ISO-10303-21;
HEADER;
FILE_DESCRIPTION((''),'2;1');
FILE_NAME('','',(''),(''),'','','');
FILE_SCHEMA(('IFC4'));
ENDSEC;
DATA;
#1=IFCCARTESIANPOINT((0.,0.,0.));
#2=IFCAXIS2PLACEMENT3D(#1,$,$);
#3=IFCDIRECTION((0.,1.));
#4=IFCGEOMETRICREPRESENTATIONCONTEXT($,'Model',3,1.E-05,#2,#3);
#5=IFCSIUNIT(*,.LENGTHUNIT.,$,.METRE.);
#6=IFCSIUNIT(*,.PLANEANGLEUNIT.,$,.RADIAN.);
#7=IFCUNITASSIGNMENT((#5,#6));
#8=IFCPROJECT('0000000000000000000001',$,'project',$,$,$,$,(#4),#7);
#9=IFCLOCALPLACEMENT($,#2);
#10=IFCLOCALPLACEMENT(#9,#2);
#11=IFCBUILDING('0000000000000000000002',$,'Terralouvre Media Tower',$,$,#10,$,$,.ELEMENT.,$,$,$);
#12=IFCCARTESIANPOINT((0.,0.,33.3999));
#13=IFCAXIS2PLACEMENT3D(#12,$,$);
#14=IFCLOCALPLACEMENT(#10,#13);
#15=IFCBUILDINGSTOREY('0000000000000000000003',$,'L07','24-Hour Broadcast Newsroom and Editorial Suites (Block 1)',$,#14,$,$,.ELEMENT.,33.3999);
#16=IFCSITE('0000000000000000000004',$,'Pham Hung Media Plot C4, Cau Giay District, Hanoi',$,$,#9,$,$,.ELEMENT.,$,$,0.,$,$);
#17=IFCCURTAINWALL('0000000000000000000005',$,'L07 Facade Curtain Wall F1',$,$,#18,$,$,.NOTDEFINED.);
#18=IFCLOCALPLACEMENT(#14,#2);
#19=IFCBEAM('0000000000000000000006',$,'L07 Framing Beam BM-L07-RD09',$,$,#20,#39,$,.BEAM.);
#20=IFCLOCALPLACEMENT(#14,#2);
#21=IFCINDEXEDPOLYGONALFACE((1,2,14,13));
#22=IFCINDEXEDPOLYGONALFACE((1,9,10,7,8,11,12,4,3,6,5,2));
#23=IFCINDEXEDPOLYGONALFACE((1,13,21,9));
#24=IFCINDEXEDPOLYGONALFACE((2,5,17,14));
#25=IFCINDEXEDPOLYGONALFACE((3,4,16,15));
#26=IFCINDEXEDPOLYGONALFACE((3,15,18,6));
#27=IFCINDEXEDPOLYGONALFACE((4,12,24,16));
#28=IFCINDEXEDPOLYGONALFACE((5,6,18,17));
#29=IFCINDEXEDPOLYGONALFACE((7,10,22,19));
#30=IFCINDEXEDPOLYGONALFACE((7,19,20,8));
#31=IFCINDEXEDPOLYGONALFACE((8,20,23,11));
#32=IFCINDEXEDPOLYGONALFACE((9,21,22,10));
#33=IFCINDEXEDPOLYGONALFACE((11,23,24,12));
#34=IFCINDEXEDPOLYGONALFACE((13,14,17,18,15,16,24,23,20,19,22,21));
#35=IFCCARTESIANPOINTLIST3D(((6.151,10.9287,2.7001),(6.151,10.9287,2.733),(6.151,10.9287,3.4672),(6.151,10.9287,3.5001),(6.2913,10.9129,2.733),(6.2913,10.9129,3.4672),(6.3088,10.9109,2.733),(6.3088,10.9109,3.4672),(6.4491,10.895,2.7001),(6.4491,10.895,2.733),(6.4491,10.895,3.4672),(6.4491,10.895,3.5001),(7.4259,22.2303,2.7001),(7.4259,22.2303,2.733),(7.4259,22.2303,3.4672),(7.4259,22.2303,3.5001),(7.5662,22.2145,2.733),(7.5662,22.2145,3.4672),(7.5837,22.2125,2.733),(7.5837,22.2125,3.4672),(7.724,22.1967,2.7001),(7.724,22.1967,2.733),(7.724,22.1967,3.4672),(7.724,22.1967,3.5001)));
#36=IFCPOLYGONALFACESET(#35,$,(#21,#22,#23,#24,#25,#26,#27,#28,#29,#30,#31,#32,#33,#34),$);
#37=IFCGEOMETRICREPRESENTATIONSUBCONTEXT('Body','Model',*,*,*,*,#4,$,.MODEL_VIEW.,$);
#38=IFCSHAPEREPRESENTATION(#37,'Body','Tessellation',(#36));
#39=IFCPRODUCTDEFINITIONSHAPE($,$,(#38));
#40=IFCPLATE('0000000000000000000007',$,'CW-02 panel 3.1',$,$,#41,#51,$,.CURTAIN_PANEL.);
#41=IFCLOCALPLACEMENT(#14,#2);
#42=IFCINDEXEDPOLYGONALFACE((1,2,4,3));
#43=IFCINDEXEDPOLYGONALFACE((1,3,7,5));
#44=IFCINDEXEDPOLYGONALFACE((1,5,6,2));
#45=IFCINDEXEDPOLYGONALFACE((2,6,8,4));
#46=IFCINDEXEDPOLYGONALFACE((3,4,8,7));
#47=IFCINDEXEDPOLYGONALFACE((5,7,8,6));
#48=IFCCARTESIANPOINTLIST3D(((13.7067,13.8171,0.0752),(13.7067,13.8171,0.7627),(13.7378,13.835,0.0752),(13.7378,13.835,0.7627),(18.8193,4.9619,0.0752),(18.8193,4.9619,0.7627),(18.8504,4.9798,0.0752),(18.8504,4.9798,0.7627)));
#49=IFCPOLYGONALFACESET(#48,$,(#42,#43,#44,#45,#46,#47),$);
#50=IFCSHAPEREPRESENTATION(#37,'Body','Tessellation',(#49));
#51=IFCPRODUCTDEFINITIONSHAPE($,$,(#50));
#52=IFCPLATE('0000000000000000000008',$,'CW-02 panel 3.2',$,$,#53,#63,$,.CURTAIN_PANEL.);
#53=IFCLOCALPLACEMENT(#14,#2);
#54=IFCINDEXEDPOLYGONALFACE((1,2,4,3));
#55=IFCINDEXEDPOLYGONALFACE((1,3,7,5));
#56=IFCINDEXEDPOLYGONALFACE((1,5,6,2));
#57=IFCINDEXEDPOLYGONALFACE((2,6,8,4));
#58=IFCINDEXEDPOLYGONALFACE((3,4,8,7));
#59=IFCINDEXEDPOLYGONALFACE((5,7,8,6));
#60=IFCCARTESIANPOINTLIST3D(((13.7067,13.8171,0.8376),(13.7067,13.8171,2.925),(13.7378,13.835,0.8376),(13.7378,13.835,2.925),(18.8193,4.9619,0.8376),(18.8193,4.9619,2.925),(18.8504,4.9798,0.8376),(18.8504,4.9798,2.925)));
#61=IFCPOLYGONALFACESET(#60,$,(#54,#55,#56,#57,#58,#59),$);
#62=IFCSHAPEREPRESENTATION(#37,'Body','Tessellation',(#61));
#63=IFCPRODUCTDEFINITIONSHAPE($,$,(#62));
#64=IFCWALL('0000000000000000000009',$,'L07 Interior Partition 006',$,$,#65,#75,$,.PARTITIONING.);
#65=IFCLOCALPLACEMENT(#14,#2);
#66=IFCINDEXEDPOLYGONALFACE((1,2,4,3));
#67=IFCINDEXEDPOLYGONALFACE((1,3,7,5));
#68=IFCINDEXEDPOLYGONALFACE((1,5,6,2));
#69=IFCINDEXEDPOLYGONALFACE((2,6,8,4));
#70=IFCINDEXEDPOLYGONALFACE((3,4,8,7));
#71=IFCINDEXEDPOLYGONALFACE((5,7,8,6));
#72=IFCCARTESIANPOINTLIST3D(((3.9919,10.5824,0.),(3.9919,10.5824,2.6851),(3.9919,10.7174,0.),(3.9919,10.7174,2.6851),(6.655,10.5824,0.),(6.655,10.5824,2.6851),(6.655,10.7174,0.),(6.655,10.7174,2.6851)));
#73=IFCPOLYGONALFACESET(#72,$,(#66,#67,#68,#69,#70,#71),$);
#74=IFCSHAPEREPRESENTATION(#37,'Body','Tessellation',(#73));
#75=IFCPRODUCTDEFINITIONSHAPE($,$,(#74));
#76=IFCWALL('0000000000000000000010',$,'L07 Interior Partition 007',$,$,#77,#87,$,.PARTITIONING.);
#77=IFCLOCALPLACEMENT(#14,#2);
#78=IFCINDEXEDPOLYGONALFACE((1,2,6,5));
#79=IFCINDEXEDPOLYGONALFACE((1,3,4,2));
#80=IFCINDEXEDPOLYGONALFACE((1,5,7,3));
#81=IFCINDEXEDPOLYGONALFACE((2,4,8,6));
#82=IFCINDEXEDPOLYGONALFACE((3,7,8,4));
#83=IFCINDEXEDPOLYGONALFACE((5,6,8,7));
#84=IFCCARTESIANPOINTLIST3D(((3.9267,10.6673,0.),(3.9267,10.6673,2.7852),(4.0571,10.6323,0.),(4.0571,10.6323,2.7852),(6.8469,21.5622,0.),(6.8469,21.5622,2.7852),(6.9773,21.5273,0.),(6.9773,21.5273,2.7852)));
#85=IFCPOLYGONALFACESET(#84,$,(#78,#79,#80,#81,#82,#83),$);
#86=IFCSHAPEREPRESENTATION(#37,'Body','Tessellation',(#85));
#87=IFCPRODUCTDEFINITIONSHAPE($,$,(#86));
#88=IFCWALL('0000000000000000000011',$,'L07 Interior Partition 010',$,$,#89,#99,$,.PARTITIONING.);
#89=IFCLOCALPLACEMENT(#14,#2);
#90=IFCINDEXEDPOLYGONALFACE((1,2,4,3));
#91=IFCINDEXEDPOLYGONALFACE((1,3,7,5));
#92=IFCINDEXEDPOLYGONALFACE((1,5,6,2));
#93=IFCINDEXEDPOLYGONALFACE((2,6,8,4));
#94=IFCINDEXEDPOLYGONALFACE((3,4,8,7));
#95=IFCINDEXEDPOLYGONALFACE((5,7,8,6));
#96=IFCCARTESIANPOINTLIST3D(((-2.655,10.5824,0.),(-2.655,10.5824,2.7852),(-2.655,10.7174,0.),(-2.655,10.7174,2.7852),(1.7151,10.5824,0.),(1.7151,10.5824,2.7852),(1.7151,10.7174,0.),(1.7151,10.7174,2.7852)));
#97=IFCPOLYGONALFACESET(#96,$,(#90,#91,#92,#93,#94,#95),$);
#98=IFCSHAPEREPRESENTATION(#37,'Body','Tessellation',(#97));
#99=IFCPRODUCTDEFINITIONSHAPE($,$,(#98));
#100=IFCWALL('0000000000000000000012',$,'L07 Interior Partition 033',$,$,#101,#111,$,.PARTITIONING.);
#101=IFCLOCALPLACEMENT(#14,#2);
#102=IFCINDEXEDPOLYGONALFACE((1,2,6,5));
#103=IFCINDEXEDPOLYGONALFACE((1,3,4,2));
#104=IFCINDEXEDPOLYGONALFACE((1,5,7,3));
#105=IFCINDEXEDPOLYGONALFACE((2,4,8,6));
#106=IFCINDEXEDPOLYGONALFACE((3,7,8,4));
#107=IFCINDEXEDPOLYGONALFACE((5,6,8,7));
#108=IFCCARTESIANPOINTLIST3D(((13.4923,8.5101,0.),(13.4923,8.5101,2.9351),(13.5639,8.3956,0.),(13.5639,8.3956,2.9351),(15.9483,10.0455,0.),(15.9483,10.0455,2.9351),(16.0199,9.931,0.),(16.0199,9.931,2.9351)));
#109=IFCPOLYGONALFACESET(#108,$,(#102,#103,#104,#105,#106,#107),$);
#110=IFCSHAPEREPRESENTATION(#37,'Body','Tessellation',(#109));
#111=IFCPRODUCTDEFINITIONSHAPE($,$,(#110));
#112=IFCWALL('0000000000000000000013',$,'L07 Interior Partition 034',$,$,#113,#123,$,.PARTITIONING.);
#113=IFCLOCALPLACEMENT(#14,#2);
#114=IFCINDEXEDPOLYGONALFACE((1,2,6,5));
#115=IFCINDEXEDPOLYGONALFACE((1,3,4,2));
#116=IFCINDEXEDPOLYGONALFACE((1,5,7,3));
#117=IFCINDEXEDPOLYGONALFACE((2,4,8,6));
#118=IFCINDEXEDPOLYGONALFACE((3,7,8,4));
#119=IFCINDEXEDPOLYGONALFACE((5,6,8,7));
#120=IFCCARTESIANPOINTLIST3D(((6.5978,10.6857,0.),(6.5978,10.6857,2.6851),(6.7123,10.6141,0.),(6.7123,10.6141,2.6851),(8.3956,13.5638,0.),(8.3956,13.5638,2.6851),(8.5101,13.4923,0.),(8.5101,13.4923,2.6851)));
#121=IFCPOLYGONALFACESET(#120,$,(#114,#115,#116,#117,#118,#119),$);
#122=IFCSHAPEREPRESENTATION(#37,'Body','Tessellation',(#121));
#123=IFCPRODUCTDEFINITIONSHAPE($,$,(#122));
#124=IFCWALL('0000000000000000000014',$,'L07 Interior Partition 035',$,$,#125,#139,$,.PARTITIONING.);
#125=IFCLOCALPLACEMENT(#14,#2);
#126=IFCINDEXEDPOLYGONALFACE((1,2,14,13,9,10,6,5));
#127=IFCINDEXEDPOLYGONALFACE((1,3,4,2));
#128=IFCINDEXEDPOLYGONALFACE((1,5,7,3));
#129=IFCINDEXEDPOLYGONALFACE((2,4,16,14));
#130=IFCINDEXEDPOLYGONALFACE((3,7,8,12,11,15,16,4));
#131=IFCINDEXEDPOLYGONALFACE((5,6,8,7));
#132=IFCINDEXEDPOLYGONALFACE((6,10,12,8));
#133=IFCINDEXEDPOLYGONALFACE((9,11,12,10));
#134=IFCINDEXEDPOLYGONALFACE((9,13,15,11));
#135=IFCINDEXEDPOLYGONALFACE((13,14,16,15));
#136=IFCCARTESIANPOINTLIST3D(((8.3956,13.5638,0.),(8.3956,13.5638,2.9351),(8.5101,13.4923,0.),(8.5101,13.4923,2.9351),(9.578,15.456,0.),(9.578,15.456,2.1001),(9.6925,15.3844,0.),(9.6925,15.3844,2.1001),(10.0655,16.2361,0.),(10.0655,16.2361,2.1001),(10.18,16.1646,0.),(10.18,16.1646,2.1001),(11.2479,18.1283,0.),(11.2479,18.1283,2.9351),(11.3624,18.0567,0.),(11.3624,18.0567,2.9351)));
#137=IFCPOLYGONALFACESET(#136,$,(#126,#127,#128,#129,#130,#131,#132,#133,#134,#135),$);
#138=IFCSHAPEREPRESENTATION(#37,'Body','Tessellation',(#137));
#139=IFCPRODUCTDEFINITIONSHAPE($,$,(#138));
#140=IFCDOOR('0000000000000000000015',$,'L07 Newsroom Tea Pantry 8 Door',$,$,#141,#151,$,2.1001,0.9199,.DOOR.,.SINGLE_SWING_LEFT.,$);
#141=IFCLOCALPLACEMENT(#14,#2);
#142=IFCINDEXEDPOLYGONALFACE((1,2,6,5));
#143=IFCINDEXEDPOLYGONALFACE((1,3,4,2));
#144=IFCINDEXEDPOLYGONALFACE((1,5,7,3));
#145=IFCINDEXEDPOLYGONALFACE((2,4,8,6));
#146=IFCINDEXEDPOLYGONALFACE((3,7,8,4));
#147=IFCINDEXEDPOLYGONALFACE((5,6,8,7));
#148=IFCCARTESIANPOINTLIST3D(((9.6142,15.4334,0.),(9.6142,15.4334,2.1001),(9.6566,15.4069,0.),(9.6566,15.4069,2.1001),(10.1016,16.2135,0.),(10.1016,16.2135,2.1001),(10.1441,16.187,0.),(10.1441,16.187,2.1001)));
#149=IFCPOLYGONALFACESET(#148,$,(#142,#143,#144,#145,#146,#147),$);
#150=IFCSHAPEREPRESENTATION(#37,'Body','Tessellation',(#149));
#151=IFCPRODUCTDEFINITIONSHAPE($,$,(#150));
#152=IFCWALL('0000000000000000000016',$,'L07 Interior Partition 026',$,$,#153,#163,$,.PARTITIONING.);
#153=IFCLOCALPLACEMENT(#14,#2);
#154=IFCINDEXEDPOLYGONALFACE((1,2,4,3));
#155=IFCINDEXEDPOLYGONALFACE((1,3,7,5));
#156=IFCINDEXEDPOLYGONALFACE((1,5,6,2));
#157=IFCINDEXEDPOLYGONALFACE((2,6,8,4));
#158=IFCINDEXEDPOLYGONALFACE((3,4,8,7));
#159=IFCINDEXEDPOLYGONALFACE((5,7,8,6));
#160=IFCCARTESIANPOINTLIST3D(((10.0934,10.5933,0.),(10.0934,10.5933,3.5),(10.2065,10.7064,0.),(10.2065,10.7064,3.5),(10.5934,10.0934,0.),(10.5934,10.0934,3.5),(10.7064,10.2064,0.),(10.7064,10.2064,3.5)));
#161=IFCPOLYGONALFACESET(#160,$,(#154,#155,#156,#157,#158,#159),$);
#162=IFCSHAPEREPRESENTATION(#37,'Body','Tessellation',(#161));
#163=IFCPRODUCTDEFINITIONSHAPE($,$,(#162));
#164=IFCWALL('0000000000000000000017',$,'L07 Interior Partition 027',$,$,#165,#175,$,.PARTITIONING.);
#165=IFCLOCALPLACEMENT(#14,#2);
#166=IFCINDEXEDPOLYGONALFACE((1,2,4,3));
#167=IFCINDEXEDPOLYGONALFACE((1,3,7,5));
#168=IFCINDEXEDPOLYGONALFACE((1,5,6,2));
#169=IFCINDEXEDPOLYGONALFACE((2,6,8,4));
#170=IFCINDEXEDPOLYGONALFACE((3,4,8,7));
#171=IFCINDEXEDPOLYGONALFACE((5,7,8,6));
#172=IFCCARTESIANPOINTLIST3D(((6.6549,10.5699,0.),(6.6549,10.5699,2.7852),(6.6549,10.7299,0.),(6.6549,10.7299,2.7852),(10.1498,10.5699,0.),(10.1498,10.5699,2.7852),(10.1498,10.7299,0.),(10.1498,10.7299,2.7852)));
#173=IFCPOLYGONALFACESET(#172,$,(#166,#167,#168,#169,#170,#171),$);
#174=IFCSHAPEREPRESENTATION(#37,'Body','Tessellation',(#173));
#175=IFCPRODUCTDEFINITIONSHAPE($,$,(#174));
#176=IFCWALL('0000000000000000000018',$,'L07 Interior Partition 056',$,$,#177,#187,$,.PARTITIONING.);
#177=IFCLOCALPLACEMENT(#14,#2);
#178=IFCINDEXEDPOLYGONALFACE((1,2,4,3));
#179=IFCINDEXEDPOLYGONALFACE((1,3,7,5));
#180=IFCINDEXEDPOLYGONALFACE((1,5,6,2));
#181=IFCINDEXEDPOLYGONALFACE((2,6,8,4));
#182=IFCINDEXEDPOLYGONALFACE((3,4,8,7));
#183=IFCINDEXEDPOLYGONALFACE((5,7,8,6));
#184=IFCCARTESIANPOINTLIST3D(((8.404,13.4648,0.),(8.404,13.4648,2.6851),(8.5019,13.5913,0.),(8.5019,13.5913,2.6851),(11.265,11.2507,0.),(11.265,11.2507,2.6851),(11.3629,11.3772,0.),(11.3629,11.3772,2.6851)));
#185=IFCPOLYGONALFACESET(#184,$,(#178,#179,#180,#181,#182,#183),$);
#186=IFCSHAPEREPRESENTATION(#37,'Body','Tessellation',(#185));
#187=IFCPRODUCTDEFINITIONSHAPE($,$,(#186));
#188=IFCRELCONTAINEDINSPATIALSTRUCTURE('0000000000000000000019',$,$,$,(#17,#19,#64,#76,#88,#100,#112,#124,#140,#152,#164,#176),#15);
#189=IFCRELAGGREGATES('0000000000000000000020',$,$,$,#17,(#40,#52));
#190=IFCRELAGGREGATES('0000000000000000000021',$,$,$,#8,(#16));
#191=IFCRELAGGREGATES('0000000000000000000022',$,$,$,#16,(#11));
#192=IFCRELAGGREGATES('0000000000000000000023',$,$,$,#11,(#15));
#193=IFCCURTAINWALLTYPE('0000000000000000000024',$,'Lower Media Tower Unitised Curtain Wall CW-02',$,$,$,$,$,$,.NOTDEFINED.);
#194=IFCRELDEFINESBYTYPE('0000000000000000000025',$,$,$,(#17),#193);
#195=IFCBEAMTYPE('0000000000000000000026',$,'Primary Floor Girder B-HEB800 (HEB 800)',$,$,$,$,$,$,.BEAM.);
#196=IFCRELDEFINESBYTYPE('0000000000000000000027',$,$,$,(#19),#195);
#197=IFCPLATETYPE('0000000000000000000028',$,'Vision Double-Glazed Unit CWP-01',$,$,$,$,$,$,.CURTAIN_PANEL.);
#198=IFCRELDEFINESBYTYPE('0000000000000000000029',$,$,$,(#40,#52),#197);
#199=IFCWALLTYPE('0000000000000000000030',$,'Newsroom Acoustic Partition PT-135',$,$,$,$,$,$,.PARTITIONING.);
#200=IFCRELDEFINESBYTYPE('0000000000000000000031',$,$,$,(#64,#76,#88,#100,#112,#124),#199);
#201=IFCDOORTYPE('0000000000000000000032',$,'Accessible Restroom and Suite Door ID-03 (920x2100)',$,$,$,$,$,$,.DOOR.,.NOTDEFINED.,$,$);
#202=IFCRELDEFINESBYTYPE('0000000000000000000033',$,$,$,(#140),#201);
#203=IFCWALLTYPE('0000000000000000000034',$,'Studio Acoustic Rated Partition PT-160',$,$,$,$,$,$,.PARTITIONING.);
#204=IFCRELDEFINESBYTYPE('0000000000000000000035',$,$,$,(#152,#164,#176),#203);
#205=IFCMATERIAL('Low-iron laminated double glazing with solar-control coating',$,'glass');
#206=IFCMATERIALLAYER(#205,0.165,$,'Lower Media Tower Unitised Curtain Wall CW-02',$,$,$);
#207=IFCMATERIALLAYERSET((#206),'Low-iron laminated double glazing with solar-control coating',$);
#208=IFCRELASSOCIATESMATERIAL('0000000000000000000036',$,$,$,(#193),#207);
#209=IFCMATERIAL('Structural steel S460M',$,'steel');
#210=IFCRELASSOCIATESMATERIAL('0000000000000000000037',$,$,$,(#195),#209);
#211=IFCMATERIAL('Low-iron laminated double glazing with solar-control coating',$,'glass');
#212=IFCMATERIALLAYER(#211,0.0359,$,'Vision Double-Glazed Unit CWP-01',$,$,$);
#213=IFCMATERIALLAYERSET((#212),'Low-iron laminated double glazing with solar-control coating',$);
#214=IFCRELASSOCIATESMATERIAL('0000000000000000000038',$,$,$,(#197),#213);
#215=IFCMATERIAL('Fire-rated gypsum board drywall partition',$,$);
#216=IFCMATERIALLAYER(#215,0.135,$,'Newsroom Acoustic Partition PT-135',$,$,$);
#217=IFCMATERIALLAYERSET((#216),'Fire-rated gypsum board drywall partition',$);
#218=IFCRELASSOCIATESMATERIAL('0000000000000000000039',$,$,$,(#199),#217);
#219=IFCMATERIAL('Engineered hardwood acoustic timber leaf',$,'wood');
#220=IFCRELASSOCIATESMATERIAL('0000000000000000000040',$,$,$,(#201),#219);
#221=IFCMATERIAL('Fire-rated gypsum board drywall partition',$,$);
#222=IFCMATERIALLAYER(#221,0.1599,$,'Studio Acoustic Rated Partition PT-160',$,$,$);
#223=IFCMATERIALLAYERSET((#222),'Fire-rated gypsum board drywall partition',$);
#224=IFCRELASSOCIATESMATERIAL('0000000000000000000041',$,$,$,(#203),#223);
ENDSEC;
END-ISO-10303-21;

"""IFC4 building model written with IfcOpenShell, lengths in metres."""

from ifc_helpers import new_model, si_unit, direction, frame, frame_2d, origin, origin_2d, place, context, subcontext, project, spatial, rectangle, i_section, extrude, material, layer, layer_set, material_profile, profile_set, type_object, element, fill, aggregate, save


model = new_model("IFC4")

# Units and contexts
model_context = context("Model", 3, precision=1e-05, world=origin(), true_north=direction((0.0, 1.0)))
body_context = subcontext(model_context, "Body", "Model", "MODEL_VIEW")
ifc_project = project(units=[si_unit("LENGTHUNIT", "METRE"), si_unit("PLANEANGLEUNIT", "RADIAN")], contexts=[model_context])

# Site, building, storey
site_placement = place(None, origin())
site = spatial("IfcSite", under=ifc_project, at=site_placement, Name="Pham Hung Media Plot C4, Cau Giay District, Hanoi", CompositionType="ELEMENT", RefElevation=0.0)
building_placement = place(site_placement, origin())
building = spatial("IfcBuilding", under=site, at=building_placement, Name="Terralouvre Media Tower", CompositionType="ELEMENT")
storey_placement = place(building_placement, frame((0.0, 0.0, 33.3999)))
storey = spatial("IfcBuildingStorey", under=building, at=storey_placement, Name="L07", Description="24-Hour Broadcast Newsroom and Editorial Suites (Block 1)", CompositionType="ELEMENT", Elevation=33.3999)

# Curtain wall
ifc_material_1 = material(Name="Low-iron laminated double glazing with solar-control coating", Category="glass")
ifc_layer_1 = layer(ifc_material_1, 0.165, Name="Lower Media Tower Unitised Curtain Wall CW-02")
ifc_layer_set_1 = layer_set([ifc_layer_1], Name="Low-iron laminated double glazing with solar-control coating")
curtain_wall_type = type_object("IfcCurtainWallType", Name="Lower Media Tower Unitised Curtain Wall CW-02", PredefinedType="NOTDEFINED", material=ifc_layer_set_1)
curtain_wall_placement = place(storey_placement, origin())
curtain_wall = element("IfcCurtainWall", 1, at=curtain_wall_placement, inside=storey, type_object=curtain_wall_type, Name="L07 Facade Curtain Wall F1", PredefinedType="NOTDEFINED")

# Beam
ifc_material_2 = material(Name="Structural steel S460M", Category="steel")
ifc_material_profile_1 = material_profile(ifc_material_2, i_section(OverallWidth=0.3, OverallDepth=0.8, WebThickness=0.0176, FlangeThickness=0.033, at=origin_2d()), Name="HEB 800")
ifc_profile_set_1 = profile_set([ifc_material_profile_1], Name="Structural steel S460M")
beam_type_1 = type_object("IfcBeamType", Name="Primary Floor Girder B-HEB800 (HEB 800)", PredefinedType="BEAM", material=ifc_profile_set_1)
beam_1_placement = place(storey_placement, frame((6.3, 10.9119, 3.1001), z_axis=(0.112097, 0.993697, 0.0), x_axis=(-0.993697, 0.112097, 0.0)))
element("IfcBeam", 2, at=beam_1_placement, inside=storey, type_object=beam_type_1, Name="L07 Framing Beam BM-L07-RD09", PredefinedType="BEAM", context=body_context, shape_type="SweptSolid", body=[
    extrude(i_section(OverallWidth=0.3, OverallDepth=0.8, WebThickness=0.0176, FlangeThickness=0.033, at=origin_2d()), origin(), (0.0, 0.0, 1.0), 11.3733),
])

# Plates
ifc_material_3 = material(Name="Low-iron laminated double glazing with solar-control coating", Category="glass")
ifc_layer_2 = layer(ifc_material_3, 0.0359, Name="Vision Double-Glazed Unit CWP-01")
ifc_layer_set_2 = layer_set([ifc_layer_2], Name="Low-iron laminated double glazing with solar-control coating")
plate_type = type_object("IfcPlateType", Name="Vision Double-Glazed Unit CWP-01", PredefinedType="CURTAIN_PANEL", material=ifc_layer_set_2)
plate_1_placement = place(storey_placement, frame((16.2786, 9.3984, 0.0752), z_axis=(0.0, 0.0, 1.0), x_axis=(-0.5, 0.866025, 0.0)))
plate_1 = element("IfcPlate", 3, at=plate_1_placement, type_object=plate_type, Name="CW-02 panel 3.1", PredefinedType="CURTAIN_PANEL", context=body_context, shape_type="SweptSolid", body=[
    extrude(rectangle(XDim=10.2251, YDim=0.0359, at=origin_2d()), origin(), (0.0, 0.0, 1.0), 0.6875),
])
plate_2_placement = place(storey_placement, frame((16.2786, 9.3984, 0.8376), z_axis=(0.0, 0.0, 1.0), x_axis=(-0.5, 0.866025, 0.0)))
plate_2 = element("IfcPlate", 4, at=plate_2_placement, type_object=plate_type, Name="CW-02 panel 3.2", PredefinedType="CURTAIN_PANEL", context=body_context, shape_type="SweptSolid", body=[
    extrude(rectangle(XDim=10.2251, YDim=0.0359, at=origin_2d()), origin(), (0.0, 0.0, 1.0), 2.0874),
])
aggregate(curtain_wall, [plate_1, plate_2])

# Walls
ifc_material_4 = material(Name="Fire-rated gypsum board drywall partition")
ifc_layer_3 = layer(ifc_material_4, 0.135, Name="Newsroom Acoustic Partition PT-135")
ifc_layer_set_3 = layer_set([ifc_layer_3], Name="Fire-rated gypsum board drywall partition")
wall_type_1 = type_object("IfcWallType", Name="Newsroom Acoustic Partition PT-135", PredefinedType="PARTITIONING", material=ifc_layer_set_3)
wall_1_placement = place(storey_placement, frame((6.655, 10.6499, 0.0), z_axis=(0.0, 0.0, 1.0), x_axis=(-1.0, 0.0, 0.0)))
element("IfcWall", 5, at=wall_1_placement, inside=storey, type_object=wall_type_1, Name="L07 Interior Partition 006", PredefinedType="PARTITIONING", context=body_context, shape_type="SweptSolid", body=[
    extrude(rectangle(XDim=2.6631, YDim=0.135, at=frame_2d((1.3315, 0.0))), origin(), (0.0, 0.0, 1.0), 2.6851),
])
wall_2_placement = place(storey_placement, frame((3.9919, 10.6499, 0.0), z_axis=(0.0, 0.0, 1.0), x_axis=(0.25889, 0.965907, 0.0)))
element("IfcWall", 6, at=wall_2_placement, inside=storey, type_object=wall_type_1, Name="L07 Interior Partition 007", PredefinedType="PARTITIONING", context=body_context, shape_type="SweptSolid", body=[
    extrude(rectangle(XDim=11.2795, YDim=0.135, at=frame_2d((5.6396, 0.0))), origin(), (0.0, 0.0, 1.0), 2.7852),
])
wall_3_placement = place(storey_placement, frame((1.7151, 10.6499, 0.0), z_axis=(0.0, 0.0, 1.0), x_axis=(-1.0, 0.0, 0.0)))
element("IfcWall", 7, at=wall_3_placement, inside=storey, type_object=wall_type_1, Name="L07 Interior Partition 010", PredefinedType="PARTITIONING", context=body_context, shape_type="SweptSolid", body=[
    extrude(rectangle(XDim=4.3701, YDim=0.135, at=frame_2d((2.1851, 0.0))), origin(), (0.0, 0.0, 1.0), 2.7852),
])
wall_4_placement = place(storey_placement, frame((15.9841, 9.9883, 0.0), z_axis=(0.0, 0.0, 1.0), x_axis=(-0.847941, -0.53009, 0.0)))
element("IfcWall", 8, at=wall_4_placement, inside=storey, type_object=wall_type_1, Name="L07 Interior Partition 033", PredefinedType="PARTITIONING", context=body_context, shape_type="SweptSolid", body=[
    extrude(rectangle(XDim=2.8965, YDim=0.135, at=frame_2d((1.4482, 0.0))), origin(), (0.0, 0.0, 1.0), 2.9351),
])
wall_5_placement = place(storey_placement, frame((6.655, 10.6499, 0.0), z_axis=(0.0, 0.0, 1.0), x_axis=(0.529786, 0.848132, 0.0)))
element("IfcWall", 9, at=wall_5_placement, inside=storey, type_object=wall_type_1, Name="L07 Interior Partition 034", PredefinedType="PARTITIONING", context=body_context, shape_type="SweptSolid", body=[
    extrude(rectangle(XDim=3.3936, YDim=0.135, at=frame_2d((1.6968, 0.0))), origin(), (0.0, 0.0, 1.0), 2.6851),
])

# Wall, opening, door
wall_6_placement = place(storey_placement, frame((8.4529, 13.5281, 0.0), z_axis=(0.0, 0.0, 1.0), x_axis=(0.529934, 0.848039, 0.0)))
wall_6 = element("IfcWall", 10, at=wall_6_placement, inside=storey, type_object=wall_type_1, Name="L07 Interior Partition 035", PredefinedType="PARTITIONING", context=body_context, shape_type="SweptSolid", body=[
    extrude(rectangle(XDim=5.3823, YDim=0.135, at=frame_2d((2.6912, 0.0))), origin(), (0.0, 0.0, 1.0), 2.9351),
])
opening_placement = place(wall_6_placement, frame((2.2312, 0.0, 0.0)))
opening = element("IfcOpeningElement", 11, at=opening_placement, cuts=wall_6, PredefinedType="OPENING", context=body_context, shape_type="SweptSolid", body=[
    extrude(rectangle(XDim=0.9199, YDim=2.1001, at=frame_2d((0.46, 1.05))), frame((0.0, 0.0774, 0.0), z_axis=(0.0, -1.0, 0.0), x_axis=(1.0, 0.0, 0.0)), (0.0, 0.0, 1.0), 0.155),
])
ifc_material_5 = material(Name="Engineered hardwood acoustic timber leaf", Category="wood")
door_type = type_object("IfcDoorType", Name="Accessible Restroom and Suite Door ID-03 (920x2100)", OperationType="NOTDEFINED", PredefinedType="DOOR", material=ifc_material_5)
door_placement = place(opening_placement, origin())
door = element("IfcDoor", 12, at=door_placement, inside=storey, type_object=door_type, Name="L07 Newsroom Tea Pantry 8 Door", OperationType="SINGLE_SWING_LEFT", OverallHeight=2.1001, OverallWidth=0.9199, PredefinedType="DOOR", context=body_context, shape_type="SweptSolid", body=[
    extrude(rectangle(XDim=0.9199, YDim=2.1001, at=frame_2d((0.46, 1.05))), frame((0.0, 0.0249, 0.0), z_axis=(0.0, -1.0, 0.0), x_axis=(1.0, 0.0, 0.0)), (0.0, 0.0, 1.0), 0.05),
])
fill(opening, door)

# Walls
ifc_material_6 = material(Name="Fire-rated gypsum board drywall partition")
ifc_layer_4 = layer(ifc_material_6, 0.1599, Name="Studio Acoustic Rated Partition PT-160")
ifc_layer_set_4 = layer_set([ifc_layer_4], Name="Fire-rated gypsum board drywall partition")
wall_type_2 = type_object("IfcWallType", Name="Studio Acoustic Rated Partition PT-160", PredefinedType="PARTITIONING", material=ifc_layer_set_4)
wall_7_placement = place(storey_placement, frame((10.6499, 10.1499, 0.0), z_axis=(0.0, 0.0, 1.0), x_axis=(-0.707107, 0.707107, 0.0)))
element("IfcWall", 13, at=wall_7_placement, inside=storey, type_object=wall_type_2, Name="L07 Interior Partition 026", PredefinedType="PARTITIONING", context=body_context, shape_type="SweptSolid", body=[
    extrude(rectangle(XDim=0.707, YDim=0.1599, at=frame_2d((0.3535, 0.0))), origin(), (0.0, 0.0, 1.0), 3.5),
])
wall_8_placement = place(storey_placement, frame((10.1499, 10.6499, 0.0), z_axis=(0.0, 0.0, 1.0), x_axis=(-1.0, 0.0, 0.0)))
element("IfcWall", 14, at=wall_8_placement, inside=storey, type_object=wall_type_2, Name="L07 Interior Partition 027", PredefinedType="PARTITIONING", context=body_context, shape_type="SweptSolid", body=[
    extrude(rectangle(XDim=3.4949, YDim=0.1599, at=frame_2d((1.7476, 0.0))), origin(), (0.0, 0.0, 1.0), 2.7852),
])
wall_9_placement = place(storey_placement, frame((11.314, 11.314, 0.0), z_axis=(0.0, 0.0, 1.0), x_axis=(-0.790847, 0.612014, 0.0)))
element("IfcWall", 15, at=wall_9_placement, inside=storey, type_object=wall_type_2, Name="L07 Interior Partition 056", PredefinedType="PARTITIONING", context=body_context, shape_type="SweptSolid", body=[
    extrude(rectangle(XDim=3.6177, YDim=0.1599, at=frame_2d((1.8088, 0.0))), origin(), (0.0, 0.0, 1.0), 2.6851),
])

save(model, "model.ifc")
